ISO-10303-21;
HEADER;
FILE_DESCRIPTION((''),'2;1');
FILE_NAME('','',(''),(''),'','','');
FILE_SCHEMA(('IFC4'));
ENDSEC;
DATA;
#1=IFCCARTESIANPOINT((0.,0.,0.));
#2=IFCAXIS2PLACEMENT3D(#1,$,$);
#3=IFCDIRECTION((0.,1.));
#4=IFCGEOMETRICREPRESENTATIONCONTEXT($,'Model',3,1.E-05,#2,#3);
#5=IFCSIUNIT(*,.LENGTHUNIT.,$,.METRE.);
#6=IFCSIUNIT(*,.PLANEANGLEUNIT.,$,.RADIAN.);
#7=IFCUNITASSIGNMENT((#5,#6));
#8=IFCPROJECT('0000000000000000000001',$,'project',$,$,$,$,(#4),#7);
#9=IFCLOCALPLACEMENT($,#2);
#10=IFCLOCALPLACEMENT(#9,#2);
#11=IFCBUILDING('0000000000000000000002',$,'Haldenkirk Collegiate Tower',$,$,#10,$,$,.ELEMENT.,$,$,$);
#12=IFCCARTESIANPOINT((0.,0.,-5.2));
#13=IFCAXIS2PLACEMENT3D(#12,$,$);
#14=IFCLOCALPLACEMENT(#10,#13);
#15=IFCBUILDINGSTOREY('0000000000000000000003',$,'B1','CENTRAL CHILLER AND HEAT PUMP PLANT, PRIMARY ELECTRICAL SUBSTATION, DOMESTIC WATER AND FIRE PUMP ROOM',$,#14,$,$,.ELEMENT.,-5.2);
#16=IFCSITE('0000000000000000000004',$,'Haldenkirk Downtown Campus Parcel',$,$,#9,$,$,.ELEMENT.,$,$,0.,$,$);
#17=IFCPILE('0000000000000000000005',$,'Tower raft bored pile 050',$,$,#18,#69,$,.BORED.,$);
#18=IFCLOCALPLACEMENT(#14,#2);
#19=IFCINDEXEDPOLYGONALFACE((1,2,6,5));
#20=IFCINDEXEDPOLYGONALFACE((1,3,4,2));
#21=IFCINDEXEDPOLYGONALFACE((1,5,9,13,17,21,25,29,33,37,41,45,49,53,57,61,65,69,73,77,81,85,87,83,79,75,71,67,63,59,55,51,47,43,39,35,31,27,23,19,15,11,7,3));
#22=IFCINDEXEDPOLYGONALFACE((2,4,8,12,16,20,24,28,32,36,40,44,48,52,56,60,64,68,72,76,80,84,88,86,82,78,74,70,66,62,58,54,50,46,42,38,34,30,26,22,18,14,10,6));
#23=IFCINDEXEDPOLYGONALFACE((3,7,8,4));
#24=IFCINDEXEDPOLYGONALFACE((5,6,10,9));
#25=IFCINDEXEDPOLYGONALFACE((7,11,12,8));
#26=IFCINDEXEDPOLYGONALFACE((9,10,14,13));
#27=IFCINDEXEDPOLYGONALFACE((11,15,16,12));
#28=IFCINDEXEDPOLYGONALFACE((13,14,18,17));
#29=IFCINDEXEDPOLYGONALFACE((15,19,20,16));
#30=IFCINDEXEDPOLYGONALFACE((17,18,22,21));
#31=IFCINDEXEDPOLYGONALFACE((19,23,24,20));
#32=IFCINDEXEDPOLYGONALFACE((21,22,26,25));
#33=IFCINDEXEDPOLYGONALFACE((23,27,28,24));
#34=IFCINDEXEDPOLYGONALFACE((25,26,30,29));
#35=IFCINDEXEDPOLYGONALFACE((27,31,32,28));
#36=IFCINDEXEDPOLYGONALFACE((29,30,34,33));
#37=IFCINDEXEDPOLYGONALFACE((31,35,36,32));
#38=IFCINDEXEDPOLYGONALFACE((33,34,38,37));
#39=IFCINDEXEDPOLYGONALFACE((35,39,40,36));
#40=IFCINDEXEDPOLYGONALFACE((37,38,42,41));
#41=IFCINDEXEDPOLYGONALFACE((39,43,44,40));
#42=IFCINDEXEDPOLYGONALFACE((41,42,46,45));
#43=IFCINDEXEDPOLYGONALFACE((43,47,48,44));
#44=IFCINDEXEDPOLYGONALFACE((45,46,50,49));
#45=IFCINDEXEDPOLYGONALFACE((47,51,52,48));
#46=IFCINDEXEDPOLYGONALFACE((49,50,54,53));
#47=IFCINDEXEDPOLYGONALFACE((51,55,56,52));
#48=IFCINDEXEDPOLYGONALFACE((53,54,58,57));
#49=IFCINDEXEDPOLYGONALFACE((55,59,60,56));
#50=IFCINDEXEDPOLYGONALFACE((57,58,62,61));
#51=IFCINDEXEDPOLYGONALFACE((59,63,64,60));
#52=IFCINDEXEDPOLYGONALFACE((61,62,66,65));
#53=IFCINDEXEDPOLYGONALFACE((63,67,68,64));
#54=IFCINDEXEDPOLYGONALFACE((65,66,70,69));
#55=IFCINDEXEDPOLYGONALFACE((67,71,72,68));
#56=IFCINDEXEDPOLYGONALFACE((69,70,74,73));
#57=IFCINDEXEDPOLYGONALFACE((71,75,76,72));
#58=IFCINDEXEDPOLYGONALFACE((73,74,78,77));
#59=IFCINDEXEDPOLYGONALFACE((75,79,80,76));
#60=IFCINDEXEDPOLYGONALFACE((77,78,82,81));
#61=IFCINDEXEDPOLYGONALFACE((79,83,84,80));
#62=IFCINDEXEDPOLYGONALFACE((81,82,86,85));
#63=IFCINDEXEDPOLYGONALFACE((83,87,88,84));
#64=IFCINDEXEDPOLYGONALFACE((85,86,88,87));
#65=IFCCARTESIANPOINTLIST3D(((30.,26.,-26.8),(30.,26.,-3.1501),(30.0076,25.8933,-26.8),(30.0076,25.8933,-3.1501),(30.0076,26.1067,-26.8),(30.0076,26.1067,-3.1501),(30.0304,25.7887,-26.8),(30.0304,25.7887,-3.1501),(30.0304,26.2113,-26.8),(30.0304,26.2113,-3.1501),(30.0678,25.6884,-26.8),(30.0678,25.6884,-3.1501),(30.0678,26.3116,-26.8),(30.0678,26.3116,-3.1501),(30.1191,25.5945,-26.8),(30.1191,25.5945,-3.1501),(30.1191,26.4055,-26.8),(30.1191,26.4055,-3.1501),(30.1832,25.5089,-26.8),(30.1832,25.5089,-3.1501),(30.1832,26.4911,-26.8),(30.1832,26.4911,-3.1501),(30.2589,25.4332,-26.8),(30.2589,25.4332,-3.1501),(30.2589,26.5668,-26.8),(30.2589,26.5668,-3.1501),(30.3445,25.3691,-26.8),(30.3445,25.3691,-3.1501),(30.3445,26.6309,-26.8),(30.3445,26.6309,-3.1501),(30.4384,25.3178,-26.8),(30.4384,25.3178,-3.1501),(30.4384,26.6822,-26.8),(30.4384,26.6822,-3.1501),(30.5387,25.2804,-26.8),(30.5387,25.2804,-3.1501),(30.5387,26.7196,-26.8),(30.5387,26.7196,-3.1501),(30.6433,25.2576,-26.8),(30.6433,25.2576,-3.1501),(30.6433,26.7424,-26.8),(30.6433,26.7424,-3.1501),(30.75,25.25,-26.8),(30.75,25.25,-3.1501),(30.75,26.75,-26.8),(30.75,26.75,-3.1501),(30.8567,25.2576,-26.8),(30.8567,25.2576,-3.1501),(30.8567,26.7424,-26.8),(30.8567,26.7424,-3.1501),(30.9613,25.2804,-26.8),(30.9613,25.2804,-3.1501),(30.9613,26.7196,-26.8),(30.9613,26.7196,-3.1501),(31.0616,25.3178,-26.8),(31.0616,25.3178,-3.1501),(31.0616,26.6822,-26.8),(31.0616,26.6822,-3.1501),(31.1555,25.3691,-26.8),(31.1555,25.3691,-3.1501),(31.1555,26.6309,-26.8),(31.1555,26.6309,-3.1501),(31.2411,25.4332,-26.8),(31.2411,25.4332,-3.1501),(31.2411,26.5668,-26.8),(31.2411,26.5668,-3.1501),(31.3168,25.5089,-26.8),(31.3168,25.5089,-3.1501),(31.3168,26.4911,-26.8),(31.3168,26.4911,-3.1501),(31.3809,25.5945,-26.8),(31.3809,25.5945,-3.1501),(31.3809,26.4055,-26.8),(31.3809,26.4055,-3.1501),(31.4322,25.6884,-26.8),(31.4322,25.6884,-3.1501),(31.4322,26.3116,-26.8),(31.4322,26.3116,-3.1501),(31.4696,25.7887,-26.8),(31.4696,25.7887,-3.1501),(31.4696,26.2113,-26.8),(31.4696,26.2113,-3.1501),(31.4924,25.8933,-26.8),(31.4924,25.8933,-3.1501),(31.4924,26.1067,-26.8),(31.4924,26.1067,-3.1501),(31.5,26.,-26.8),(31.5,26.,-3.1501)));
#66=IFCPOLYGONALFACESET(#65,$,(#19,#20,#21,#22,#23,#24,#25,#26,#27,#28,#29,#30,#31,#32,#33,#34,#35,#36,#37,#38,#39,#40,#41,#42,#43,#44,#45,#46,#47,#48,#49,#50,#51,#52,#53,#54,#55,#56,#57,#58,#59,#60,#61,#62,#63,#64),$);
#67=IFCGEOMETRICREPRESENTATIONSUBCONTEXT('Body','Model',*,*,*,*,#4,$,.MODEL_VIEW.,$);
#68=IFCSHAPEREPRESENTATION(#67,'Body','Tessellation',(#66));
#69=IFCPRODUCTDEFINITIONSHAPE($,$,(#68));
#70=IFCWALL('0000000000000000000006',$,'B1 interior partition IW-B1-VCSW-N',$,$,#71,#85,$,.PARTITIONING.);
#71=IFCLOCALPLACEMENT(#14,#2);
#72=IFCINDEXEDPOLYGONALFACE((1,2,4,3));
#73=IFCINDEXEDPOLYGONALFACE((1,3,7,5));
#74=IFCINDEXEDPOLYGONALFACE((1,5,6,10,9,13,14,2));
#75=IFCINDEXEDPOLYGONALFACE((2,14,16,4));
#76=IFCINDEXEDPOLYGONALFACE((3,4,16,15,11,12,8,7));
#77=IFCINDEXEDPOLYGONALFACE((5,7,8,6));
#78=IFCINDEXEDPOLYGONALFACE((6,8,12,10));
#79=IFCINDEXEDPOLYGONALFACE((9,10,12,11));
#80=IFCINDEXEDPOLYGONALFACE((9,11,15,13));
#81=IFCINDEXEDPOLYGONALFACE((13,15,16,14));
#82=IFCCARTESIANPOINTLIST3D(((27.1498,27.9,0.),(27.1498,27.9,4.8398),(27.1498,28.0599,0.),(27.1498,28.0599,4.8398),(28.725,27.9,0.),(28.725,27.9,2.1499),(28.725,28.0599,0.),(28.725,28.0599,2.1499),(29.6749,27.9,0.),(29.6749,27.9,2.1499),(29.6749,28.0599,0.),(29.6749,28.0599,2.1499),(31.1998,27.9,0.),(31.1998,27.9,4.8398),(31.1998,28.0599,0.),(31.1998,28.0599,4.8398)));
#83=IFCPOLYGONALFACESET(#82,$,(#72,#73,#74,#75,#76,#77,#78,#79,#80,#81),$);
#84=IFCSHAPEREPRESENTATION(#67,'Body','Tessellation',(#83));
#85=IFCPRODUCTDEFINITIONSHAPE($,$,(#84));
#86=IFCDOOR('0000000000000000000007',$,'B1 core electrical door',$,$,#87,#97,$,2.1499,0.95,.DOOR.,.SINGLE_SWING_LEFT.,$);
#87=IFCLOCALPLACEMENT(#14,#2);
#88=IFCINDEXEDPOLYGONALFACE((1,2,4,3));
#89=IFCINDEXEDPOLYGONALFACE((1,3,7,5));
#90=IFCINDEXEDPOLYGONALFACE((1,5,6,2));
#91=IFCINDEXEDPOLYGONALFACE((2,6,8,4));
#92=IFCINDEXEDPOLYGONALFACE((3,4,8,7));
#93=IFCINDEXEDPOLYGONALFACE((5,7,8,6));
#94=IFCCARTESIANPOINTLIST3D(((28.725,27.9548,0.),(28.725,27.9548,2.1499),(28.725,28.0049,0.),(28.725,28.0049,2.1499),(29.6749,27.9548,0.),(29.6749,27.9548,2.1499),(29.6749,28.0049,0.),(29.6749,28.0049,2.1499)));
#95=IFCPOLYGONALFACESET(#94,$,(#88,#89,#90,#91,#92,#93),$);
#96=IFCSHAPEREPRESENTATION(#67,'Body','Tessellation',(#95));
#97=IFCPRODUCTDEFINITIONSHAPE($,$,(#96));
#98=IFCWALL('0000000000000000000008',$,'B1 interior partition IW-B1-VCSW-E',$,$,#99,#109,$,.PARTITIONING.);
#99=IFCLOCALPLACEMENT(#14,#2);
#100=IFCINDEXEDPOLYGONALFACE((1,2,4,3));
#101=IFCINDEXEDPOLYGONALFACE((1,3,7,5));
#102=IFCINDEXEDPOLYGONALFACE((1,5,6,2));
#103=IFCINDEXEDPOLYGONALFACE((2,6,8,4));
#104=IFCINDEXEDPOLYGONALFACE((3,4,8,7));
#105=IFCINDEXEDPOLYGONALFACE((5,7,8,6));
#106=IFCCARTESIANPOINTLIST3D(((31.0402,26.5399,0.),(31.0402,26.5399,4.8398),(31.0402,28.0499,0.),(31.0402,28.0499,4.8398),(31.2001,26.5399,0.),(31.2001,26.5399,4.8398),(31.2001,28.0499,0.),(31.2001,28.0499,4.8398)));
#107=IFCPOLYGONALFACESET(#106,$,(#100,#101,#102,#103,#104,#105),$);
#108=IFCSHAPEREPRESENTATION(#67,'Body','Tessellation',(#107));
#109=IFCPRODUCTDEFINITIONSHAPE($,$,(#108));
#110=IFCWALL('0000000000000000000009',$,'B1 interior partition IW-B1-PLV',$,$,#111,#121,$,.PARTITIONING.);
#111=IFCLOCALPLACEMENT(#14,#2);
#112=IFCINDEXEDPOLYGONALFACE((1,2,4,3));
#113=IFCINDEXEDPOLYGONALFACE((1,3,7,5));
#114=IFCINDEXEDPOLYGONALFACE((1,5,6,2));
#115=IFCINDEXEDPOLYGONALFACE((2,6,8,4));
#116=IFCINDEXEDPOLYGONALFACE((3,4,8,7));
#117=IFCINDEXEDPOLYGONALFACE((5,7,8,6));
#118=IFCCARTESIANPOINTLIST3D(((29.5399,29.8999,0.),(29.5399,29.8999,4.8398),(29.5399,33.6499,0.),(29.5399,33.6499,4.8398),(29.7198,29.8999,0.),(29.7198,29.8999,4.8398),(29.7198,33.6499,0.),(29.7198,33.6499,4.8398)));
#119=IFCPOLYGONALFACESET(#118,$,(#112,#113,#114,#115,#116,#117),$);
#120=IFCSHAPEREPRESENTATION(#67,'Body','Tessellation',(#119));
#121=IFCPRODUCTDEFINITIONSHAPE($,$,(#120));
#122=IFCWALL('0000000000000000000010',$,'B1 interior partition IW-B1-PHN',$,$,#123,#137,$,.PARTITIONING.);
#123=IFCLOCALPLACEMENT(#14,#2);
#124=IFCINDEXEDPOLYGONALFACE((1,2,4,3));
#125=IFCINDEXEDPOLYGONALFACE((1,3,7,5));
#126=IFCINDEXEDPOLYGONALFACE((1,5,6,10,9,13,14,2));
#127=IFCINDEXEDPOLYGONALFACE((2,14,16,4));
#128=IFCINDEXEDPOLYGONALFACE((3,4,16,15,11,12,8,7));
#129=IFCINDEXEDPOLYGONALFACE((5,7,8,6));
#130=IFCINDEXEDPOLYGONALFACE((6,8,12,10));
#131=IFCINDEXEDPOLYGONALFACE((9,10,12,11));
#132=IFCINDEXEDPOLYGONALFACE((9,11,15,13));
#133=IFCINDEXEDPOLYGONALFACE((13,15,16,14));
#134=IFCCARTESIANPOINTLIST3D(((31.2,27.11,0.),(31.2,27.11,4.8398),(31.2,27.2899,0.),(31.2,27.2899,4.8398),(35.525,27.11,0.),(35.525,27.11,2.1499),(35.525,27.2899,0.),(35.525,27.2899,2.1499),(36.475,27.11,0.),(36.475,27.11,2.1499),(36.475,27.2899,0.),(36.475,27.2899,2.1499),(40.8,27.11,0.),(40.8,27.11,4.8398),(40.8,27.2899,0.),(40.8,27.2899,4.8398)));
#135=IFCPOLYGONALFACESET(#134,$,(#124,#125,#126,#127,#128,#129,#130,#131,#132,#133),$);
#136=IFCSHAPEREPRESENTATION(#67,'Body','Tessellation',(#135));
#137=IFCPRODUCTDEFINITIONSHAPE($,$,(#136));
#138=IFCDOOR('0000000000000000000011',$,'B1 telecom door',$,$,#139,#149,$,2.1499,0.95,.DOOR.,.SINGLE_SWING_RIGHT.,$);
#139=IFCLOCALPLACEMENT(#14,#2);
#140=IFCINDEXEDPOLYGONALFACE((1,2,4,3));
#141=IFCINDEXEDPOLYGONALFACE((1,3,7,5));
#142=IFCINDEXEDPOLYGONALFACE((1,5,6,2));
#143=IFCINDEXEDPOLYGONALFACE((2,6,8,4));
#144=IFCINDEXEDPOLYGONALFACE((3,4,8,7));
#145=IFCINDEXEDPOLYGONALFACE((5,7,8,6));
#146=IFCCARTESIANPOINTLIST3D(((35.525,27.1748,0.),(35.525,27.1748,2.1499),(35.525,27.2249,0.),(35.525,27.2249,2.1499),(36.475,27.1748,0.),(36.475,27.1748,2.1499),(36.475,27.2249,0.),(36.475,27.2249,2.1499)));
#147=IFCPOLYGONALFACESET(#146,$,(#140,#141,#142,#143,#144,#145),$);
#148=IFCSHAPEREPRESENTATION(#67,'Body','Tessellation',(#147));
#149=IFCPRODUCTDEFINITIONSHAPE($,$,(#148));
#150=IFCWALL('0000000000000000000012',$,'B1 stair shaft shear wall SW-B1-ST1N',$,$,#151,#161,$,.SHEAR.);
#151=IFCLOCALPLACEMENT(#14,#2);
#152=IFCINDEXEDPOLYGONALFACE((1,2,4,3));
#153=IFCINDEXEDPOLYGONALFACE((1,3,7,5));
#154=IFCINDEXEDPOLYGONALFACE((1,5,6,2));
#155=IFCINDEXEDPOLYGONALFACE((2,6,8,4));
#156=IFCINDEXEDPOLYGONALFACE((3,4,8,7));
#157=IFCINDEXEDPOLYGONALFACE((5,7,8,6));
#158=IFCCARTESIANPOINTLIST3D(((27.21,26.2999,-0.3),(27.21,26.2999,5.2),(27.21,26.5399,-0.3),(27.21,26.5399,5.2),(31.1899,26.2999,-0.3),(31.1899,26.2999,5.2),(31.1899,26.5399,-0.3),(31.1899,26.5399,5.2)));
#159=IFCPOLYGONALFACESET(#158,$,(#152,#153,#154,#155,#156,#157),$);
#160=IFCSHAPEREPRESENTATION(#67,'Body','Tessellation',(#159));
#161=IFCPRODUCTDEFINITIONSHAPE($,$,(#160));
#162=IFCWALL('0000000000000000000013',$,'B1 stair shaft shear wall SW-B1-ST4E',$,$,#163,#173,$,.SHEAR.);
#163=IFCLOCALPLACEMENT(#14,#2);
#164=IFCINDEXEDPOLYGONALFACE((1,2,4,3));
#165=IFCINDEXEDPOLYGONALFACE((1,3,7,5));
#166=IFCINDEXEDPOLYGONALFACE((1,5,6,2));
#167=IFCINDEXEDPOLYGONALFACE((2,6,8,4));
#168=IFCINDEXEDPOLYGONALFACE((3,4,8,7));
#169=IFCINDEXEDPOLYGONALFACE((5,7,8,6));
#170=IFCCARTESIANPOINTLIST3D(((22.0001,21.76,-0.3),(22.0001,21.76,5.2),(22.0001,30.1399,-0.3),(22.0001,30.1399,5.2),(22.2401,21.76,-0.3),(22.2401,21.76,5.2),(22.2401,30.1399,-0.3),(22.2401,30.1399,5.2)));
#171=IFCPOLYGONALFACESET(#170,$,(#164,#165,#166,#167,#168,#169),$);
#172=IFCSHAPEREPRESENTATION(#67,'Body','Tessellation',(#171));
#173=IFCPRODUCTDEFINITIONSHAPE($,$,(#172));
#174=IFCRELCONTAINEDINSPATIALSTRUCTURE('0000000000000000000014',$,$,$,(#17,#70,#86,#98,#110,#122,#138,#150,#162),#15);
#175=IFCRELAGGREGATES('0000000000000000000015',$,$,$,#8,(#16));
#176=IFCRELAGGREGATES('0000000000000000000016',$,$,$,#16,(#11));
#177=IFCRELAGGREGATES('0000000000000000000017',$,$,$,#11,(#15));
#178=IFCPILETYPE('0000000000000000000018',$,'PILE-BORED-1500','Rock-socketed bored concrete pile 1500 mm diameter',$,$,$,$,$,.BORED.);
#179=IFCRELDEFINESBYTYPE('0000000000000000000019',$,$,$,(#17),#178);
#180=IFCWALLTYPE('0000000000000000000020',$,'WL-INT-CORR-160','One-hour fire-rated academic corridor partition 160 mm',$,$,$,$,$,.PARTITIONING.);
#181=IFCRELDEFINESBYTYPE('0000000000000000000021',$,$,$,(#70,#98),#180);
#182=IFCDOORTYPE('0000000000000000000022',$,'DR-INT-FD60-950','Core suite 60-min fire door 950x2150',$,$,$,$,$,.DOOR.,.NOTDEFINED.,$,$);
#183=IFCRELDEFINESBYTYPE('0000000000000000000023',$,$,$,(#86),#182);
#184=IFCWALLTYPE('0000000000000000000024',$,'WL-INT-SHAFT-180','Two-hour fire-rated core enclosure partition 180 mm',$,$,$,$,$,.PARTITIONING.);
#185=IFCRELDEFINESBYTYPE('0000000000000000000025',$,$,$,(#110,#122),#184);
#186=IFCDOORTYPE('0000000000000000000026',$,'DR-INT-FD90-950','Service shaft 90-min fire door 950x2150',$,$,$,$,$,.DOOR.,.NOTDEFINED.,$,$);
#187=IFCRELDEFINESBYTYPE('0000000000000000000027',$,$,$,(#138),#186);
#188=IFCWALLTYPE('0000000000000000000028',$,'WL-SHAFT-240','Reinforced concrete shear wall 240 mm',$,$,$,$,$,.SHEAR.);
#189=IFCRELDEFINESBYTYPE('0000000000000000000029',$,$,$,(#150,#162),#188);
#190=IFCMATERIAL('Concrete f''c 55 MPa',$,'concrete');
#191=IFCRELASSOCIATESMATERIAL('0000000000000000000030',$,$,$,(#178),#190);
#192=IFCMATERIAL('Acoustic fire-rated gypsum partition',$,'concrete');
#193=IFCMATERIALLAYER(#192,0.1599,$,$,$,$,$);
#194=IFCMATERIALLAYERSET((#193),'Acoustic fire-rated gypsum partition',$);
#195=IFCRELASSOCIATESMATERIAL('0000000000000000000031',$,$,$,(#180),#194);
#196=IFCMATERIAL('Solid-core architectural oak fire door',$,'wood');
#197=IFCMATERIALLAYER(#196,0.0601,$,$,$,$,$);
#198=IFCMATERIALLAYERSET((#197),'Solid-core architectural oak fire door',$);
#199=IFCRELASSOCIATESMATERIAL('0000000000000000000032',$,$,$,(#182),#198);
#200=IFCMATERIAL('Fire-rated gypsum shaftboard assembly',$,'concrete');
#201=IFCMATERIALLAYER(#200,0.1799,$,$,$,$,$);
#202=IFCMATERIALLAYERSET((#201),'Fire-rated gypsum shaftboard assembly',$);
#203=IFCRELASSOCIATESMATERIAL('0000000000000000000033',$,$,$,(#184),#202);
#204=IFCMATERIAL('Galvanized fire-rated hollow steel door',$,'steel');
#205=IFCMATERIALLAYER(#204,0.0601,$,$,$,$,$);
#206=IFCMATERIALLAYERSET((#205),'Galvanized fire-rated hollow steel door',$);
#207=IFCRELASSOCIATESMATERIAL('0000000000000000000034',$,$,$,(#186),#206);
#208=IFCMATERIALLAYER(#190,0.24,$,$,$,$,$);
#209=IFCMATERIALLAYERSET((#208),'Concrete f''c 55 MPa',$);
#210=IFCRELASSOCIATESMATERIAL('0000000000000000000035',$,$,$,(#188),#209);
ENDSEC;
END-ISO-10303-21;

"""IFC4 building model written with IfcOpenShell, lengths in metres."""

from ifc_helpers import new_model, si_unit, direction, frame, frame_2d, origin, origin_2d, place, context, subcontext, project, spatial, rectangle, circle, extrude, material, layer, layer_set, material_profile, profile_set, type_object, element, fill, save


model = new_model("IFC4")

# Units and contexts
model_context = context("Model", 3, precision=1e-05, world=origin(), true_north=direction((0.0, 1.0)))
body_context = subcontext(model_context, "Body", "Model", "MODEL_VIEW")
ifc_project = project(units=[si_unit("LENGTHUNIT", "METRE"), si_unit("PLANEANGLEUNIT", "RADIAN")], contexts=[model_context])

# Site, building, storey
site_placement = place(None, origin())
site = spatial("IfcSite", under=ifc_project, at=site_placement, Name="Haldenkirk Downtown Campus Parcel", CompositionType="ELEMENT", RefElevation=0.0)
building_placement = place(site_placement, origin())
building = spatial("IfcBuilding", under=site, at=building_placement, Name="Haldenkirk Collegiate Tower", CompositionType="ELEMENT")
storey_placement = place(building_placement, frame((0.0, 0.0, -5.2)))
storey = spatial("IfcBuildingStorey", under=building, at=storey_placement, Name="B1", Description="CENTRAL CHILLER AND HEAT PUMP PLANT, PRIMARY ELECTRICAL SUBSTATION, DOMESTIC WATER AND FIRE PUMP ROOM", CompositionType="ELEMENT", Elevation=-5.2)

# Pile
ifc_material_1 = material(Name="Concrete f'c 55 MPa", Category="concrete")
ifc_material_profile = material_profile(ifc_material_1, circle(Radius=0.75, at=origin_2d()), Name="PILE1500")
ifc_profile_set = profile_set([ifc_material_profile], Name="Concrete f'c 55 MPa")
pile_type = type_object("IfcPileType", Name="PILE-BORED-1500", Description="Rock-socketed bored concrete pile 1500 mm diameter", PredefinedType="BORED", material=ifc_profile_set)
for number, where, z_axis, x_axis, name in (
    (1, (30.75, 26.0, -3.1501), (0.0, 0.0, -1.0), (1.0, 0.0, 0.0), "Tower raft bored pile 050"),
):
    element("IfcPile", number, at=place(storey_placement, frame(where, z_axis=z_axis, x_axis=x_axis)), inside=storey, type_object=pile_type, Name=name, PredefinedType="BORED", context=body_context, shape_type="SweptSolid", body=[
        extrude(circle(Radius=0.75, at=origin_2d()), origin(), (0.0, 0.0, 1.0), 23.6499),
    ])

# Wall, opening, door
ifc_material_2 = material(Name="Acoustic fire-rated gypsum partition", Category="concrete")
ifc_layer_1 = layer(ifc_material_2, 0.1599)
ifc_layer_set_1 = layer_set([ifc_layer_1], Name="Acoustic fire-rated gypsum partition")
wall_type_1 = type_object("IfcWallType", Name="WL-INT-CORR-160", Description="One-hour fire-rated academic corridor partition 160 mm", PredefinedType="PARTITIONING", material=ifc_layer_set_1)
wall_1_placement = place(storey_placement, frame((27.1499, 27.98, 0.0), z_axis=(0.0, 0.0, 1.0), x_axis=(1.0, 0.0, 0.0)))
wall_1 = element("IfcWall", 2, at=wall_1_placement, inside=storey, type_object=wall_type_1, Name="B1 interior partition IW-B1-VCSW-N", PredefinedType="PARTITIONING", context=body_context, shape_type="SweptSolid", body=[
    extrude(rectangle(XDim=4.05, YDim=0.1599, at=frame_2d((2.0249, 0.0))), origin(), (0.0, 0.0, 1.0), 4.8398),
])
opening_1_placement = place(wall_1_placement, frame((1.575, 0.0, 0.0)))
opening_1 = element("IfcOpeningElement", 3, at=opening_1_placement, cuts=wall_1, PredefinedType="OPENING", context=body_context, shape_type="SweptSolid", body=[
    extrude(rectangle(XDim=0.95, YDim=2.1499, at=frame_2d((0.4751, 1.075))), frame((0.0, 0.0898, 0.0), z_axis=(0.0, -1.0, 0.0), x_axis=(1.0, 0.0, 0.0)), (0.0, 0.0, 1.0), 0.1799),
])
ifc_material_3 = material(Name="Solid-core architectural oak fire door", Category="wood")
ifc_layer_2 = layer(ifc_material_3, 0.0601)
ifc_layer_set_2 = layer_set([ifc_layer_2], Name="Solid-core architectural oak fire door")
door_type_1 = type_object("IfcDoorType", Name="DR-INT-FD60-950", Description="Core suite 60-min fire door 950x2150", OperationType="NOTDEFINED", PredefinedType="DOOR", material=ifc_layer_set_2)
door_1_placement = place(opening_1_placement, origin())
door_1 = element("IfcDoor", 4, at=door_1_placement, inside=storey, type_object=door_type_1, Name="B1 core electrical door", OperationType="SINGLE_SWING_LEFT", OverallHeight=2.1499, OverallWidth=0.95, PredefinedType="DOOR", context=body_context, shape_type="SweptSolid", body=[
    extrude(rectangle(XDim=0.95, YDim=2.1499, at=frame_2d((0.4751, 1.075))), frame((0.0, 0.0249, 0.0), z_axis=(0.0, -1.0, 0.0), x_axis=(1.0, 0.0, 0.0)), (0.0, 0.0, 1.0), 0.05),
])
fill(opening_1, door_1)

# Wall
wall_2_placement = place(storey_placement, frame((31.1201, 26.54, 0.0), z_axis=(0.0, 0.0, 1.0), x_axis=(0.0, 1.0, 0.0)))
element("IfcWall", 5, at=wall_2_placement, inside=storey, type_object=wall_type_1, Name="B1 interior partition IW-B1-VCSW-E", PredefinedType="PARTITIONING", context=body_context, shape_type="SweptSolid", body=[
    extrude(rectangle(XDim=1.51, YDim=0.1599, at=frame_2d((0.7549, 0.0))), origin(), (0.0, 0.0, 1.0), 4.8398),
])

# Shared definitions
ifc_material_4 = material(Name="Fire-rated gypsum shaftboard assembly", Category="concrete")
ifc_layer_3 = layer(ifc_material_4, 0.1799)
ifc_layer_set_3 = layer_set([ifc_layer_3], Name="Fire-rated gypsum shaftboard assembly")
wall_type_2 = type_object("IfcWallType", Name="WL-INT-SHAFT-180", Description="Two-hour fire-rated core enclosure partition 180 mm", PredefinedType="PARTITIONING", material=ifc_layer_set_3)

# Wall
wall_3_placement = place(storey_placement, frame((29.6299, 29.8999, 0.0), z_axis=(0.0, 0.0, 1.0), x_axis=(0.0, 1.0, 0.0)))
element("IfcWall", 6, at=wall_3_placement, inside=storey, type_object=wall_type_2, Name="B1 interior partition IW-B1-PLV", PredefinedType="PARTITIONING", context=body_context, shape_type="SweptSolid", body=[
    extrude(rectangle(XDim=3.75, YDim=0.1799, at=frame_2d((1.875, 0.0))), origin(), (0.0, 0.0, 1.0), 4.8398),
])

# Wall, opening, door
wall_4_placement = place(storey_placement, frame((31.2, 27.2, 0.0), z_axis=(0.0, 0.0, 1.0), x_axis=(1.0, 0.0, 0.0)))
wall_4 = element("IfcWall", 7, at=wall_4_placement, inside=storey, type_object=wall_type_2, Name="B1 interior partition IW-B1-PHN", PredefinedType="PARTITIONING", context=body_context, shape_type="SweptSolid", body=[
    extrude(rectangle(XDim=9.6001, YDim=0.1799, at=frame_2d((4.8, 0.0))), origin(), (0.0, 0.0, 1.0), 4.8398),
])
opening_2_placement = place(wall_4_placement, frame((4.325, 0.0, 0.0)))
opening_2 = element("IfcOpeningElement", 8, at=opening_2_placement, cuts=wall_4, PredefinedType="OPENING", context=body_context, shape_type="SweptSolid", body=[
    extrude(rectangle(XDim=0.95, YDim=2.1499, at=frame_2d((0.4751, 1.075))), frame((0.0, 0.0999, 0.0), z_axis=(0.0, -1.0, 0.0), x_axis=(1.0, 0.0, 0.0)), (0.0, 0.0, 1.0), 0.2),
])
ifc_material_5 = material(Name="Galvanized fire-rated hollow steel door", Category="steel")
ifc_layer_4 = layer(ifc_material_5, 0.0601)
ifc_layer_set_4 = layer_set([ifc_layer_4], Name="Galvanized fire-rated hollow steel door")
door_type_2 = type_object("IfcDoorType", Name="DR-INT-FD90-950", Description="Service shaft 90-min fire door 950x2150", OperationType="NOTDEFINED", PredefinedType="DOOR", material=ifc_layer_set_4)
door_2_placement = place(opening_2_placement, origin())
door_2 = element("IfcDoor", 9, at=door_2_placement, inside=storey, type_object=door_type_2, Name="B1 telecom door", OperationType="SINGLE_SWING_RIGHT", OverallHeight=2.1499, OverallWidth=0.95, PredefinedType="DOOR", context=body_context, shape_type="SweptSolid", body=[
    extrude(rectangle(XDim=0.95, YDim=2.1499, at=frame_2d((0.4751, 1.075))), frame((0.0, 0.0249, 0.0), z_axis=(0.0, -1.0, 0.0), x_axis=(1.0, 0.0, 0.0)), (0.0, 0.0, 1.0), 0.05),
])
fill(opening_2, door_2)

# Walls
ifc_layer_5 = layer(ifc_material_1, 0.24)
ifc_layer_set_5 = layer_set([ifc_layer_5], Name="Concrete f'c 55 MPa")
wall_type_3 = type_object("IfcWallType", Name="WL-SHAFT-240", Description="Reinforced concrete shear wall 240 mm", PredefinedType="SHEAR", material=ifc_layer_set_5)
wall_5_placement = place(storey_placement, frame((27.21, 26.4199, -0.3), z_axis=(0.0, 0.0, 1.0), x_axis=(1.0, 0.0, 0.0)))
element("IfcWall", 10, at=wall_5_placement, inside=storey, type_object=wall_type_3, Name="B1 stair shaft shear wall SW-B1-ST1N", PredefinedType="SHEAR", context=body_context, shape_type="SweptSolid", body=[
    extrude(rectangle(XDim=3.98, YDim=0.24, at=frame_2d((1.99, 0.0))), origin(), (0.0, 0.0, 1.0), 5.5),
])
wall_6_placement = place(storey_placement, frame((22.1201, 21.76, -0.3), z_axis=(0.0, 0.0, 1.0), x_axis=(0.0, 1.0, 0.0)))
element("IfcWall", 11, at=wall_6_placement, inside=storey, type_object=wall_type_3, Name="B1 stair shaft shear wall SW-B1-ST4E", PredefinedType="SHEAR", context=body_context, shape_type="SweptSolid", body=[
    extrude(rectangle(XDim=8.3799, YDim=0.24, at=frame_2d((4.1899, 0.0))), origin(), (0.0, 0.0, 1.0), 5.5),
])

save(model, "model.ifc")
